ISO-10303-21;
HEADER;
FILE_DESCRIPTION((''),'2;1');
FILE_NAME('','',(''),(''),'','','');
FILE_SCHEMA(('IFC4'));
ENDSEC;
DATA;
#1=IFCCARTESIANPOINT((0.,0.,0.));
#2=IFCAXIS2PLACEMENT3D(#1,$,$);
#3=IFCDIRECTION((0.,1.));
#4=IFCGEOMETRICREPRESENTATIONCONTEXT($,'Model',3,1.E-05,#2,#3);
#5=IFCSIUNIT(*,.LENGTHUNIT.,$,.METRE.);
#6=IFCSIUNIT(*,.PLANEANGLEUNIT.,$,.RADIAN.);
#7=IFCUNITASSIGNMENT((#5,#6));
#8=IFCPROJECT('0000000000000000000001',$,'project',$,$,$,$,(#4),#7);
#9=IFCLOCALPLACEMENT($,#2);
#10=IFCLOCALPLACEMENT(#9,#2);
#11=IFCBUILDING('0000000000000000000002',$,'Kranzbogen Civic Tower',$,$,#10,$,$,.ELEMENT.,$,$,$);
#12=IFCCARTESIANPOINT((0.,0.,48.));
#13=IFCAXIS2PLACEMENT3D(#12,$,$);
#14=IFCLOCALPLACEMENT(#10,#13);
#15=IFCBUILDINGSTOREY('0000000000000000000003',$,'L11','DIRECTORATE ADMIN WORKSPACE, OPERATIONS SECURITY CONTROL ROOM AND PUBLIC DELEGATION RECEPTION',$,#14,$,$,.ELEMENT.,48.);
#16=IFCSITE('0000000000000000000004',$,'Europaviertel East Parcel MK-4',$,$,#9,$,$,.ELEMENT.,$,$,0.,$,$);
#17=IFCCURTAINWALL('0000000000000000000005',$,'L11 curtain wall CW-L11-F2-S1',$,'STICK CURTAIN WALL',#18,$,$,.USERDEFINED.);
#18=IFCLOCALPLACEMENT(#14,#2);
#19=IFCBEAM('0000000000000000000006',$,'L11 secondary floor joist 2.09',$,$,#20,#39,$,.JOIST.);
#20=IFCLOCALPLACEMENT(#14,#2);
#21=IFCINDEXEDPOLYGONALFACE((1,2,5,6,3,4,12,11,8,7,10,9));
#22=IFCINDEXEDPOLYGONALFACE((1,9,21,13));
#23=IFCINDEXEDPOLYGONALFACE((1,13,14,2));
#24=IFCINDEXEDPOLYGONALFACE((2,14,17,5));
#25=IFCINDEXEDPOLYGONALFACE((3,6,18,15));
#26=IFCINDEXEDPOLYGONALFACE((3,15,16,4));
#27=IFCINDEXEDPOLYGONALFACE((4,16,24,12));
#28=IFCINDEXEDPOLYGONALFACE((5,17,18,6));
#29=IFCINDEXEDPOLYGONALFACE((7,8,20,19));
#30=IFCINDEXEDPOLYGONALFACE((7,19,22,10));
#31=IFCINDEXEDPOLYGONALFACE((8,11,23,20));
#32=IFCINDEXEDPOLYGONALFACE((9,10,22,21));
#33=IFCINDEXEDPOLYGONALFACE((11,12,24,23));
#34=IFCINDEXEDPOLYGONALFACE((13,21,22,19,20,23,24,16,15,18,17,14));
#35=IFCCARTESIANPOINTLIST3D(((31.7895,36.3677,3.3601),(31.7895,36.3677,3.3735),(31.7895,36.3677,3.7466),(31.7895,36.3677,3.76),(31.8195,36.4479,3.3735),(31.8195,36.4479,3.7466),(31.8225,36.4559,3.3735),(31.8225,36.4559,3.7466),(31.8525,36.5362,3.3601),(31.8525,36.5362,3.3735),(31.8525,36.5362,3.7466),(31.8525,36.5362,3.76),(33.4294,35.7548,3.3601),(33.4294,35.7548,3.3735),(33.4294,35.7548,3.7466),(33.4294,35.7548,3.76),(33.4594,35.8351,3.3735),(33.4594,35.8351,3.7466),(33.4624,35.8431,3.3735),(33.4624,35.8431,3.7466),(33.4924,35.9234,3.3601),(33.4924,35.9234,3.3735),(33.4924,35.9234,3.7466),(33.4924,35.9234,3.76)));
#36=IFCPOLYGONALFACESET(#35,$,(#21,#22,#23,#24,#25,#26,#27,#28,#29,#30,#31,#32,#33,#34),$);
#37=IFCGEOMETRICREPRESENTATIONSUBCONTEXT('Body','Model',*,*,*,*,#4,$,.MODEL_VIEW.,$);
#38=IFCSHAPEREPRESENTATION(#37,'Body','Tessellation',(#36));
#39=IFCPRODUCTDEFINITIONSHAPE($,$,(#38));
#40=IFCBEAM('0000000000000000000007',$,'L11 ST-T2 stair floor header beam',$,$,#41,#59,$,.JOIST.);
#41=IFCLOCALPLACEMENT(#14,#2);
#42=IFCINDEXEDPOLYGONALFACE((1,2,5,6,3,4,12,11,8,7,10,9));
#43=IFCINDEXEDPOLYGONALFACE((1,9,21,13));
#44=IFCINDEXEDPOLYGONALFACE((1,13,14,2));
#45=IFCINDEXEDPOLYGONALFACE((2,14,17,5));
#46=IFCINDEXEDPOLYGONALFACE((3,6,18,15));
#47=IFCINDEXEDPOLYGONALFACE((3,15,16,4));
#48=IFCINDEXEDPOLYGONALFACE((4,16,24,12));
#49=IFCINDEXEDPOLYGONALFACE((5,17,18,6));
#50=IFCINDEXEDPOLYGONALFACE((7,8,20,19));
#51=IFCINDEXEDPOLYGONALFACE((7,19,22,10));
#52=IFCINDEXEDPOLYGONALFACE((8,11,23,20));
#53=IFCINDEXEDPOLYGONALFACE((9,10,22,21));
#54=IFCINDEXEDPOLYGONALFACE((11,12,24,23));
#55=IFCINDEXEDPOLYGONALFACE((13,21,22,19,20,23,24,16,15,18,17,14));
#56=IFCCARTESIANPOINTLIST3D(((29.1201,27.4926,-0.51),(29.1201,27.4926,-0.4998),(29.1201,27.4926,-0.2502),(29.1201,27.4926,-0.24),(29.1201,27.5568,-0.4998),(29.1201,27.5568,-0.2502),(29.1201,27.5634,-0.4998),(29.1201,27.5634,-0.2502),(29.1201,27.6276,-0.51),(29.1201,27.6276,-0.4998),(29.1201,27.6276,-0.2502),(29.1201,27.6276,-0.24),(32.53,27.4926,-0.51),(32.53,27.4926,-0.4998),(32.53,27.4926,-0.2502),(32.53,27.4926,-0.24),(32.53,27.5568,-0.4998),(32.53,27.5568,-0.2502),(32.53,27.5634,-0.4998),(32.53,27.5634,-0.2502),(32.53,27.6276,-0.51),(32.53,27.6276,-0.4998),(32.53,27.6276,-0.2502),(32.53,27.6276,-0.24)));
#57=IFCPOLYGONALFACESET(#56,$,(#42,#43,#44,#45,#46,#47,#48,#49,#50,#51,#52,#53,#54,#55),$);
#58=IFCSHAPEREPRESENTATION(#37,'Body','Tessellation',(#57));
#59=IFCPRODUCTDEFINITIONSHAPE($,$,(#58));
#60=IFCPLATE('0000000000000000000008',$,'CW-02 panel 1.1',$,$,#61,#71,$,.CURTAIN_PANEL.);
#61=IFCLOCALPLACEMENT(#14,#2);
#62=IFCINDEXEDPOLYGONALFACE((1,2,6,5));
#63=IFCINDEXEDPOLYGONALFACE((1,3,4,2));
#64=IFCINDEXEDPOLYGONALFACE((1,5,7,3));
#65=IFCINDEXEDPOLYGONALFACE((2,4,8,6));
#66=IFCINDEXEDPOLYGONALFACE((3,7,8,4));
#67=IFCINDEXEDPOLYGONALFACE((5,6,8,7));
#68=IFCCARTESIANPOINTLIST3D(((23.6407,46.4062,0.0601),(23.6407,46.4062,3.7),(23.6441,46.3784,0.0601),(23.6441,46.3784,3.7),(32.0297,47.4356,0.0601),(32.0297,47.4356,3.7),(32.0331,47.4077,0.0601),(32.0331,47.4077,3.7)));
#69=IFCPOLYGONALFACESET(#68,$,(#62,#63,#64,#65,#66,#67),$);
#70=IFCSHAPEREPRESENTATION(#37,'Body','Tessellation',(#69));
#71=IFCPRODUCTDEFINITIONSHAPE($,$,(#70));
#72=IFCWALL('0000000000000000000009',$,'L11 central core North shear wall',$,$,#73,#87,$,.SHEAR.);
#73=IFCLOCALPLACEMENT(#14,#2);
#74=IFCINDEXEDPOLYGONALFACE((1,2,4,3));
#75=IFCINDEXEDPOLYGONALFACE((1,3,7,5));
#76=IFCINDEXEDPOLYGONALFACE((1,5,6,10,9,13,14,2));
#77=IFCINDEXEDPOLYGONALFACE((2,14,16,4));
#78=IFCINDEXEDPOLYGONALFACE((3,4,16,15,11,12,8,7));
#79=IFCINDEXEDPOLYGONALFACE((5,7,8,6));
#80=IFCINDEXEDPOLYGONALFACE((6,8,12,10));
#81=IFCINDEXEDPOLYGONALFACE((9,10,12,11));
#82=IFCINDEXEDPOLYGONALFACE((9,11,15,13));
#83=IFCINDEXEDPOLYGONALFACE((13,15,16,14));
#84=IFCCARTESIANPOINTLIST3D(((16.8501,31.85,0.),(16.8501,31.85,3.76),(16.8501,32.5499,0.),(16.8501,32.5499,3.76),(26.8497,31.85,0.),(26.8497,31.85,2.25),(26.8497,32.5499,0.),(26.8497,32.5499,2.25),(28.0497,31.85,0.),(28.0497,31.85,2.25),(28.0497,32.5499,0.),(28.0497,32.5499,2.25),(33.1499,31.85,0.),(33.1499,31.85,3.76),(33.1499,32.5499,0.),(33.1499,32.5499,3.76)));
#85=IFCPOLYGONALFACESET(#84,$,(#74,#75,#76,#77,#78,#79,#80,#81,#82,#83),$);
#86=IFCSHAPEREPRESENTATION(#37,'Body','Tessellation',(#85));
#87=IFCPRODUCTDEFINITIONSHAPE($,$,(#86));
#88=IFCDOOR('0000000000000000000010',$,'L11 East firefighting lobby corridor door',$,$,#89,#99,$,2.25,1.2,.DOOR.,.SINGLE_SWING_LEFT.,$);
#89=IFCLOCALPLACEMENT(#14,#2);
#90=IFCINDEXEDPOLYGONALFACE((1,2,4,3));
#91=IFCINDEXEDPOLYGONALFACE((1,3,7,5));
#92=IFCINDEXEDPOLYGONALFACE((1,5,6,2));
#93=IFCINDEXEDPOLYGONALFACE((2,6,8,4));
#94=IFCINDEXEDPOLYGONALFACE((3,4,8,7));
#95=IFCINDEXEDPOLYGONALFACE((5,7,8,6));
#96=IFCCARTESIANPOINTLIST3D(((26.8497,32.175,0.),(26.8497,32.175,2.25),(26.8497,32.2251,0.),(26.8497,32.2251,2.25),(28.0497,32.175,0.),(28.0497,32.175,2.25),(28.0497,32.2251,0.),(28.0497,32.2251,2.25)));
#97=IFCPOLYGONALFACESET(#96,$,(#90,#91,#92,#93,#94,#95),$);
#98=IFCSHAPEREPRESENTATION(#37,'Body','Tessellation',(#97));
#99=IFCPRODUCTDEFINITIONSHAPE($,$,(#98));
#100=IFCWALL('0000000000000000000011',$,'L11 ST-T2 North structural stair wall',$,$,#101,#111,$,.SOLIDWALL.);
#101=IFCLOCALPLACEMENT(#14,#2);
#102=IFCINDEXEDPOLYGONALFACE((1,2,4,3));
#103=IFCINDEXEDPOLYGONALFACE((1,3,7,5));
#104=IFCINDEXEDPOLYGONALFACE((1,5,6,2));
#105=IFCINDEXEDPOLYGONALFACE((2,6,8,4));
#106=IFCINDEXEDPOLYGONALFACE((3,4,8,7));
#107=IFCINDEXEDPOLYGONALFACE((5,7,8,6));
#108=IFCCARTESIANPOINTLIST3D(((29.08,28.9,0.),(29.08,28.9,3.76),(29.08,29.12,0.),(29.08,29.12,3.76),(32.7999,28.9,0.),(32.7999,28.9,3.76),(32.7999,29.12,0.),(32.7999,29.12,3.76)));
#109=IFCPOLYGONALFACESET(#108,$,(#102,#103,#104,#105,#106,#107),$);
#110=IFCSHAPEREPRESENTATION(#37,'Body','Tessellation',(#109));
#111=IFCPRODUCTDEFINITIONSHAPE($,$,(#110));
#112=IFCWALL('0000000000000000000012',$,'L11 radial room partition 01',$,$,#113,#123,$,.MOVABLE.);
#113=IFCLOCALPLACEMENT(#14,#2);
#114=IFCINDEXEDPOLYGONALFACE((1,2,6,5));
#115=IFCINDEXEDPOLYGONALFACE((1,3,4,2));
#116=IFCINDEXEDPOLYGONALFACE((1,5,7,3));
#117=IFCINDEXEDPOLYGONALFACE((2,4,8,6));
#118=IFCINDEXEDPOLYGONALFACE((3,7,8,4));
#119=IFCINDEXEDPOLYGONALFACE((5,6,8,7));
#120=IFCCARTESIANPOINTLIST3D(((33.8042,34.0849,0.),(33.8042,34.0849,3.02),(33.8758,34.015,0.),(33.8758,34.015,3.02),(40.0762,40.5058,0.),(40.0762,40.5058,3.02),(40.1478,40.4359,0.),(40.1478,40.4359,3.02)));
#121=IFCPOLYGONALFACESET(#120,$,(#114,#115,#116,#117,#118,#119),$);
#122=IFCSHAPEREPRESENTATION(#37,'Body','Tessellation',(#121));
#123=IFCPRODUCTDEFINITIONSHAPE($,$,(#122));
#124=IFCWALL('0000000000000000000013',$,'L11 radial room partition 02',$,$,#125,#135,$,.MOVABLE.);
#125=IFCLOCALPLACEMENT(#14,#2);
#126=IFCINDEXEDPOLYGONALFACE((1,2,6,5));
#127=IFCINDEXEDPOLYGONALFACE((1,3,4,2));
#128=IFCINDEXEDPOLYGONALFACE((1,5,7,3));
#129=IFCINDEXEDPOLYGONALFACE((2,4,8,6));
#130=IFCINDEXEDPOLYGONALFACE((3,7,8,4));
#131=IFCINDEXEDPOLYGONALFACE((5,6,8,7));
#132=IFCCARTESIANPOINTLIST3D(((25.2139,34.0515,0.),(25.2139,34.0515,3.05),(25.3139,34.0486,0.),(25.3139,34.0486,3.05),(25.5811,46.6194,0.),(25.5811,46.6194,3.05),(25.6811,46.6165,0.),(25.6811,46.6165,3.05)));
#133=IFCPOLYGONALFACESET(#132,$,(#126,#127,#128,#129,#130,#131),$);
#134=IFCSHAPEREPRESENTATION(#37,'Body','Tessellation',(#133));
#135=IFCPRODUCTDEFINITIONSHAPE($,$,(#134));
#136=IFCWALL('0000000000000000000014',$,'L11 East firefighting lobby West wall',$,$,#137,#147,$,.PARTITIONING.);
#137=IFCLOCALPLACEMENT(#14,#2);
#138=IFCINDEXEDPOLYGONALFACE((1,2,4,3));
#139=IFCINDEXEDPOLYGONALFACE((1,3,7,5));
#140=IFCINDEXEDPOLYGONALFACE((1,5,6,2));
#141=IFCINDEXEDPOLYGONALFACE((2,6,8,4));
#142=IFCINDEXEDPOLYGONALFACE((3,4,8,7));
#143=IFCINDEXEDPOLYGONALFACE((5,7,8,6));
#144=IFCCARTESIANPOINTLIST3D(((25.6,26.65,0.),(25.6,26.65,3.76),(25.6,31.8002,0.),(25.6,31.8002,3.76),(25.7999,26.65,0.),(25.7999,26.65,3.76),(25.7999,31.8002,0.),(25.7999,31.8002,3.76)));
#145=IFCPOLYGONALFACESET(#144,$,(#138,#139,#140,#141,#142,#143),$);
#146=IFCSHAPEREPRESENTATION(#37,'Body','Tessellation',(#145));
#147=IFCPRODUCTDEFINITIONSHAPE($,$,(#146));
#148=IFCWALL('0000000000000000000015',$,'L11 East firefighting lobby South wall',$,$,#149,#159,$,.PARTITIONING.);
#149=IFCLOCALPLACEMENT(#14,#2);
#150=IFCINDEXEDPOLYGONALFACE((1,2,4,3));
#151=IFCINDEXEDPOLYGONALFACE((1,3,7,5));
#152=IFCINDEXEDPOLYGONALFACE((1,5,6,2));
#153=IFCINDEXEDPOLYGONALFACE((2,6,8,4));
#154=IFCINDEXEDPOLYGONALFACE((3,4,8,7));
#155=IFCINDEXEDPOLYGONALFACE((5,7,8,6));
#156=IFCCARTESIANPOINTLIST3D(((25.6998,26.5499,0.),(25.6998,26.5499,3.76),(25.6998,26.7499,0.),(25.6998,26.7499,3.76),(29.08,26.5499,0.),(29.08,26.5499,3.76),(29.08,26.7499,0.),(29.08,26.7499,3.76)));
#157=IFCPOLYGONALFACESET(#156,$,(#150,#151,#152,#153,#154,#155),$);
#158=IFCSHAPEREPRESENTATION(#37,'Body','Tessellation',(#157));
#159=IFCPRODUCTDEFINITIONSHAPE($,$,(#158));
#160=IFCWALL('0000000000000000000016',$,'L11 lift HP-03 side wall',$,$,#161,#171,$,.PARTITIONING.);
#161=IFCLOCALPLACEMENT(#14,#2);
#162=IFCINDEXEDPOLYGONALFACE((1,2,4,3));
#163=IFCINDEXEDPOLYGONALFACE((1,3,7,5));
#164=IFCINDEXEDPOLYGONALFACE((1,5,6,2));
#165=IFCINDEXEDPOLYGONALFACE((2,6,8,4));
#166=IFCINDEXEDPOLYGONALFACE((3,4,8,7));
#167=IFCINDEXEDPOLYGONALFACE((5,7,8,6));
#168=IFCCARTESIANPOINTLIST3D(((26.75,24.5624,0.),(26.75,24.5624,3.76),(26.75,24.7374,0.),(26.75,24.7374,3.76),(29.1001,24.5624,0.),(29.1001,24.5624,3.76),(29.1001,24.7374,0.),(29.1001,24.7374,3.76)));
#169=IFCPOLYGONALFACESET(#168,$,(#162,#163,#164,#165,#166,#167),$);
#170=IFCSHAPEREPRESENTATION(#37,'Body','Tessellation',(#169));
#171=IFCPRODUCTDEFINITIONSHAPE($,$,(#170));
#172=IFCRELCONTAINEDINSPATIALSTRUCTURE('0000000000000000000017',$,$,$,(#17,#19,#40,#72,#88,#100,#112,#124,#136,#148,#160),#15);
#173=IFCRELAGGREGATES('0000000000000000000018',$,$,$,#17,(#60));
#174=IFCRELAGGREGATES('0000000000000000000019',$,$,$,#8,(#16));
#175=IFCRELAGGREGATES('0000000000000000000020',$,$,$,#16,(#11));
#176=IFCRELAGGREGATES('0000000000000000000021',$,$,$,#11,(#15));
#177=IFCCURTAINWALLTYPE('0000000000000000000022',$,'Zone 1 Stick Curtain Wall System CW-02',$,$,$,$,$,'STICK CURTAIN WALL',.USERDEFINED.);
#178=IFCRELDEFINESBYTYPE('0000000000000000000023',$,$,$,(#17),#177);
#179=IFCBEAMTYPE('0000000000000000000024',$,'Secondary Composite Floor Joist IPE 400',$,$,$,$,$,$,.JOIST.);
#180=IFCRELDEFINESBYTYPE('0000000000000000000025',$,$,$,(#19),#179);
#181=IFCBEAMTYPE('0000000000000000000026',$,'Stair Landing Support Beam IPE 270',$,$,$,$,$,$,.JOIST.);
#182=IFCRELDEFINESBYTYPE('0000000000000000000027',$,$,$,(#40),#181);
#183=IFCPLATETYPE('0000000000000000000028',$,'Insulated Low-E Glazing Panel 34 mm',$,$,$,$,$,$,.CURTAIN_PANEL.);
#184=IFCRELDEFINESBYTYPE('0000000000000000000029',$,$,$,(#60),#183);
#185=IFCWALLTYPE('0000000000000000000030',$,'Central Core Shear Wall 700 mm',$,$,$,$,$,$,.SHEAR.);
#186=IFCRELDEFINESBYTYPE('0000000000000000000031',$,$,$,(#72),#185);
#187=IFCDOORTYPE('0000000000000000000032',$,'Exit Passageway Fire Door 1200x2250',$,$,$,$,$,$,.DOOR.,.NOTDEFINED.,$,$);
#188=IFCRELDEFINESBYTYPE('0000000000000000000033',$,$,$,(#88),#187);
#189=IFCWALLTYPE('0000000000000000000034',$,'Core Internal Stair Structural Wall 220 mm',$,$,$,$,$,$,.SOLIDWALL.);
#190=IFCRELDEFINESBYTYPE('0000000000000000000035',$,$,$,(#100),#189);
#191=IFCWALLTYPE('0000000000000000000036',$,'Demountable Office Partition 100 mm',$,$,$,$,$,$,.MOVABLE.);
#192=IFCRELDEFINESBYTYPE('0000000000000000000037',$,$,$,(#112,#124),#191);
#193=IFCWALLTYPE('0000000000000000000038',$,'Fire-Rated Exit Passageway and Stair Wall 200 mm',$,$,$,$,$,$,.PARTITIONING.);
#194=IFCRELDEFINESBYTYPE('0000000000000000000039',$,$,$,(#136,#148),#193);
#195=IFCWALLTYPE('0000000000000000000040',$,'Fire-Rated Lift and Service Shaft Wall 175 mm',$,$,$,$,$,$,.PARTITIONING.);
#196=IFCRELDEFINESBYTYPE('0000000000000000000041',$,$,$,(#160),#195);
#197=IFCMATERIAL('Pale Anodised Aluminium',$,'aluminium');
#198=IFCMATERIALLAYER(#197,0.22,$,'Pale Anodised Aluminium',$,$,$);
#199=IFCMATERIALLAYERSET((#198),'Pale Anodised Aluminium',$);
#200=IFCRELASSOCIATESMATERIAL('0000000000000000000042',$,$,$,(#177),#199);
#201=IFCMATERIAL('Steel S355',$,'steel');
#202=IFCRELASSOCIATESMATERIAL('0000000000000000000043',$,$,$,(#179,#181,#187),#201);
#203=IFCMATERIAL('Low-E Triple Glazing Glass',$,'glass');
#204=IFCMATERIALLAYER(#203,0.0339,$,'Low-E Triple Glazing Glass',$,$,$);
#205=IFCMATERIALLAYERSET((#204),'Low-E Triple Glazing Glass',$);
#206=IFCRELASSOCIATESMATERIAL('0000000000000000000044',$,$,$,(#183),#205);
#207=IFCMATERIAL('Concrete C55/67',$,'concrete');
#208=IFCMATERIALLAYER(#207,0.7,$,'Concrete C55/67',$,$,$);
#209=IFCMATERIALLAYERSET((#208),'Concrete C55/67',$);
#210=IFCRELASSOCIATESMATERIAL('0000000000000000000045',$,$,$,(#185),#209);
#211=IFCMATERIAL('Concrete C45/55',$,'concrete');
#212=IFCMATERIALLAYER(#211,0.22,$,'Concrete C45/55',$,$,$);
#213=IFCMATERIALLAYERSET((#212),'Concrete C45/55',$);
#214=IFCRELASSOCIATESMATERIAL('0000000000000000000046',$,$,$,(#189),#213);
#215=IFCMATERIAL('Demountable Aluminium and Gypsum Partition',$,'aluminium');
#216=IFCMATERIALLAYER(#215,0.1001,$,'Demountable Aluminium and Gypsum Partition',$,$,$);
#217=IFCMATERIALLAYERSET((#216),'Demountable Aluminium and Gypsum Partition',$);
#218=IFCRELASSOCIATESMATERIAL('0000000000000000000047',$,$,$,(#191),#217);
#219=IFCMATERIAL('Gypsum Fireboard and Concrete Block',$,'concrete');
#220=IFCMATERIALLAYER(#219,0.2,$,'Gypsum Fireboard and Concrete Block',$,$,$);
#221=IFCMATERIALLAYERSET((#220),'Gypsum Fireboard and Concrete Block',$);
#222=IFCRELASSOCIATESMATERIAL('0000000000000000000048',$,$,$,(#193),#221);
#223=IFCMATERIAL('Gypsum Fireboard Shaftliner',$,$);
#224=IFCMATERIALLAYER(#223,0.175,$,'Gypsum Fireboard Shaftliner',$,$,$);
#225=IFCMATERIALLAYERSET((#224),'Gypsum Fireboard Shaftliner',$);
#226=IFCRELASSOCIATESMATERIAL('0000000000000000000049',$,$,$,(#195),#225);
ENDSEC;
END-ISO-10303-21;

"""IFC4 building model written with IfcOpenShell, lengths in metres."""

from ifc_helpers import new_model, si_unit, direction, frame, frame_2d, origin, origin_2d, place, context, subcontext, project, spatial, rectangle, i_section, extrude, material, layer, layer_set, material_profile, profile_set, type_object, element, fill, aggregate, save


model = new_model("IFC4")

# Units and contexts
model_context = context("Model", 3, precision=1e-05, world=origin(), true_north=direction((0.0, 1.0)))
body_context = subcontext(model_context, "Body", "Model", "MODEL_VIEW")
ifc_project = project(units=[si_unit("LENGTHUNIT", "METRE"), si_unit("PLANEANGLEUNIT", "RADIAN")], contexts=[model_context])

# Site, building, storey
site_placement = place(None, origin())
site = spatial("IfcSite", under=ifc_project, at=site_placement, Name="Europaviertel East Parcel MK-4", CompositionType="ELEMENT", RefElevation=0.0)
building_placement = place(site_placement, origin())
building = spatial("IfcBuilding", under=site, at=building_placement, Name="Kranzbogen Civic Tower", CompositionType="ELEMENT")
storey_placement = place(building_placement, frame((0.0, 0.0, 48.0)))
storey = spatial("IfcBuildingStorey", under=building, at=storey_placement, Name="L11", Description="DIRECTORATE ADMIN WORKSPACE, OPERATIONS SECURITY CONTROL ROOM AND PUBLIC DELEGATION RECEPTION", CompositionType="ELEMENT", Elevation=48.0)

# Curtain wall
ifc_material_1 = material(Name="Pale Anodised Aluminium", Category="aluminium")
ifc_layer_1 = layer(ifc_material_1, 0.22, Name="Pale Anodised Aluminium")
ifc_layer_set_1 = layer_set([ifc_layer_1], Name="Pale Anodised Aluminium")
curtain_wall_type = type_object("IfcCurtainWallType", Name="Zone 1 Stick Curtain Wall System CW-02", ElementType="STICK CURTAIN WALL", PredefinedType="USERDEFINED", material=ifc_layer_set_1)
curtain_wall_placement = place(storey_placement, origin())
curtain_wall = element("IfcCurtainWall", 1, at=curtain_wall_placement, inside=storey, type_object=curtain_wall_type, Name="L11 curtain wall CW-L11-F2-S1", ObjectType="STICK CURTAIN WALL", PredefinedType="USERDEFINED")

# Beams
ifc_material_2 = material(Name="Steel S355", Category="steel")
ifc_material_profile_1 = material_profile(ifc_material_2, i_section(OverallWidth=0.1799, OverallDepth=0.3999, WebThickness=0.0085, FlangeThickness=0.0134, at=origin_2d()), Name="IPE 400")
ifc_profile_set_1 = profile_set([ifc_material_profile_1], Name="Steel S355")
beam_type_1 = type_object("IfcBeamType", Name="Secondary Composite Floor Joist IPE 400", PredefinedType="JOIST", material=ifc_profile_set_1)
beam_1_placement = place(storey_placement, frame((33.4609, 35.8391, 3.5601), z_axis=(-0.936735, 0.350038, 0.0), x_axis=(-0.350038, -0.936735, 0.0)))
element("IfcBeam", 2, at=beam_1_placement, inside=storey, type_object=beam_type_1, Name="L11 secondary floor joist 2.09", PredefinedType="JOIST", context=body_context, shape_type="SweptSolid", body=[
    extrude(i_section(OverallWidth=0.1799, OverallDepth=0.3999, WebThickness=0.0085, FlangeThickness=0.0134, at=origin_2d()), origin(), (0.0, 0.0, 1.0), 1.7507),
])
ifc_material_profile_2 = material_profile(ifc_material_2, i_section(OverallWidth=0.135, OverallDepth=0.27, WebThickness=0.0066, FlangeThickness=0.0103, at=origin_2d()), Name="IPE 270")
ifc_profile_set_2 = profile_set([ifc_material_profile_2], Name="Steel S355")
beam_type_2 = type_object("IfcBeamType", Name="Stair Landing Support Beam IPE 270", PredefinedType="JOIST", material=ifc_profile_set_2)
beam_2_placement = place(storey_placement, frame((29.1201, 27.5601, -0.375), z_axis=(1.0, 0.0, 0.0), x_axis=(0.0, 1.0, 0.0)))
element("IfcBeam", 3, at=beam_2_placement, inside=storey, type_object=beam_type_2, Name="L11 ST-T2 stair floor header beam", PredefinedType="JOIST", context=body_context, shape_type="SweptSolid", body=[
    extrude(i_section(OverallWidth=0.135, OverallDepth=0.27, WebThickness=0.0066, FlangeThickness=0.0103, at=origin_2d()), origin(), (0.0, 0.0, 1.0), 3.4099),
])

# Plate
ifc_material_3 = material(Name="Low-E Triple Glazing Glass", Category="glass")
ifc_layer_2 = layer(ifc_material_3, 0.0339, Name="Low-E Triple Glazing Glass")
ifc_layer_set_2 = layer_set([ifc_layer_2], Name="Low-E Triple Glazing Glass")
plate_type = type_object("IfcPlateType", Name="Insulated Low-E Glazing Panel 34 mm", PredefinedType="CURTAIN_PANEL", material=ifc_layer_set_2)
plate_placement = place(storey_placement, frame((27.8369, 46.907, 0.0601), z_axis=(0.0, 0.0, 1.0), x_axis=(-0.992555, -0.121795, 0.0)))
plate = element("IfcPlate", 4, at=plate_placement, type_object=plate_type, Name="CW-02 panel 1.1", PredefinedType="CURTAIN_PANEL", context=body_context, shape_type="SweptSolid", body=[
    extrude(rectangle(XDim=8.4519, YDim=0.0281, at=origin_2d()), origin(), (0.0, 0.0, 1.0), 3.6399),
])
aggregate(curtain_wall, [plate])

# Wall, opening, door
ifc_material_4 = material(Name="Concrete C55/67", Category="concrete")
ifc_layer_3 = layer(ifc_material_4, 0.7, Name="Concrete C55/67")
ifc_layer_set_3 = layer_set([ifc_layer_3], Name="Concrete C55/67")
wall_type_1 = type_object("IfcWallType", Name="Central Core Shear Wall 700 mm", PredefinedType="SHEAR", material=ifc_layer_set_3)
wall_1_placement = place(storey_placement, frame((33.1499, 32.2, 0.0), z_axis=(0.0, 0.0, 1.0), x_axis=(-1.0, 0.0, 0.0)))
wall_1 = element("IfcWall", 5, at=wall_1_placement, inside=storey, type_object=wall_type_1, Name="L11 central core North shear wall", PredefinedType="SHEAR", context=body_context, shape_type="SweptSolid", body=[
    extrude(rectangle(XDim=16.2998, YDim=0.7, at=frame_2d((8.1499, 0.0))), origin(), (0.0, 0.0, 1.0), 3.76),
])
opening_1_placement = place(wall_1_placement, frame((5.1001, 0.0, 0.0)))
opening_1 = element("IfcOpeningElement", 6, at=opening_1_placement, cuts=wall_1, PredefinedType="OPENING", context=body_context, shape_type="SweptSolid", body=[
    extrude(rectangle(XDim=1.2, YDim=2.25, at=frame_2d((0.6001, 1.125))), frame((0.0, 0.3599, 0.0), z_axis=(0.0, -1.0, 0.0), x_axis=(1.0, 0.0, 0.0)), (0.0, 0.0, 1.0), 0.72),
])
door_type_1 = type_object("IfcDoorType", Name="Exit Passageway Fire Door 1200x2250", OperationType="NOTDEFINED", PredefinedType="DOOR", material=ifc_material_2)
door_1_placement = place(opening_1_placement, origin())
door_1 = element("IfcDoor", 7, at=door_1_placement, inside=storey, type_object=door_type_1, Name="L11 East firefighting lobby corridor door", OperationType="SINGLE_SWING_LEFT", OverallHeight=2.25, OverallWidth=1.2, PredefinedType="DOOR", context=body_context, shape_type="SweptSolid", body=[
    extrude(rectangle(XDim=1.2, YDim=2.25, at=frame_2d((0.6001, 1.125))), frame((0.0, 0.0249, 0.0), z_axis=(0.0, -1.0, 0.0), x_axis=(1.0, 0.0, 0.0)), (0.0, 0.0, 1.0), 0.05),
])
fill(opening_1, door_1)

# Walls
ifc_material_5 = material(Name="Concrete C45/55", Category="concrete")
ifc_layer_4 = layer(ifc_material_5, 0.22, Name="Concrete C45/55")
ifc_layer_set_4 = layer_set([ifc_layer_4], Name="Concrete C45/55")
wall_type_2 = type_object("IfcWallType", Name="Core Internal Stair Structural Wall 220 mm", PredefinedType="SOLIDWALL", material=ifc_layer_set_4)
wall_2_placement = place(storey_placement, frame((29.0801, 29.01, 0.0), z_axis=(0.0, 0.0, 1.0), x_axis=(1.0, 0.0, 0.0)))
element("IfcWall", 8, at=wall_2_placement, inside=storey, type_object=wall_type_2, Name="L11 ST-T2 North structural stair wall", PredefinedType="SOLIDWALL", context=body_context, shape_type="SweptSolid", body=[
    extrude(rectangle(XDim=3.72, YDim=0.22, at=frame_2d((1.8599, 0.0))), origin(), (0.0, 0.0, 1.0), 3.76),
])
ifc_material_6 = material(Name="Demountable Aluminium and Gypsum Partition", Category="aluminium")
ifc_layer_5 = layer(ifc_material_6, 0.1001, Name="Demountable Aluminium and Gypsum Partition")
ifc_layer_set_5 = layer_set([ifc_layer_5], Name="Demountable Aluminium and Gypsum Partition")
wall_type_3 = type_object("IfcWallType", Name="Demountable Office Partition 100 mm", PredefinedType="MOVABLE", material=ifc_layer_set_5)
wall_3_placement = place(storey_placement, frame((33.8401, 34.05, 0.0), z_axis=(0.0, 0.0, 1.0), x_axis=(0.698762, 0.715354, 0.0)))
element("IfcWall", 9, at=wall_3_placement, inside=storey, type_object=wall_type_3, Name="L11 radial room partition 01", PredefinedType="MOVABLE", context=body_context, shape_type="SweptSolid", body=[
    extrude(rectangle(XDim=8.9758, YDim=0.1001, at=frame_2d((4.4878, 0.0))), origin(), (0.0, 0.0, 1.0), 3.02),
])
wall_4_placement = place(storey_placement, frame((25.2639, 34.05, 0.0), z_axis=(0.0, 0.0, 1.0), x_axis=(0.029204, 0.999573, 0.0)))
element("IfcWall", 10, at=wall_4_placement, inside=storey, type_object=wall_type_3, Name="L11 radial room partition 02", PredefinedType="MOVABLE", context=body_context, shape_type="SweptSolid", body=[
    extrude(rectangle(XDim=12.5732, YDim=0.1001, at=frame_2d((6.2866, 0.0))), origin(), (0.0, 0.0, 1.0), 3.05),
])
ifc_material_7 = material(Name="Gypsum Fireboard and Concrete Block", Category="concrete")
ifc_layer_6 = layer(ifc_material_7, 0.2, Name="Gypsum Fireboard and Concrete Block")
ifc_layer_set_6 = layer_set([ifc_layer_6], Name="Gypsum Fireboard and Concrete Block")
wall_type_4 = type_object("IfcWallType", Name="Fire-Rated Exit Passageway and Stair Wall 200 mm", PredefinedType="PARTITIONING", material=ifc_layer_set_6)
wall_5_placement = place(storey_placement, frame((25.7, 26.6499, 0.0), z_axis=(0.0, 0.0, 1.0), x_axis=(0.0, 1.0, 0.0)))
element("IfcWall", 11, at=wall_5_placement, inside=storey, type_object=wall_type_4, Name="L11 East firefighting lobby West wall", PredefinedType="PARTITIONING", context=body_context, shape_type="SweptSolid", body=[
    extrude(rectangle(XDim=5.1501, YDim=0.2, at=frame_2d((2.5752, 0.0))), origin(), (0.0, 0.0, 1.0), 3.76),
])
wall_6_placement = place(storey_placement, frame((25.7, 26.6499, 0.0), z_axis=(0.0, 0.0, 1.0), x_axis=(1.0, 0.0, 0.0)))
element("IfcWall", 12, at=wall_6_placement, inside=storey, type_object=wall_type_4, Name="L11 East firefighting lobby South wall", PredefinedType="PARTITIONING", context=body_context, shape_type="SweptSolid", body=[
    extrude(rectangle(XDim=3.3801, YDim=0.2, at=frame_2d((1.6899, 0.0))), origin(), (0.0, 0.0, 1.0), 3.76),
])
ifc_material_8 = material(Name="Gypsum Fireboard Shaftliner")
ifc_layer_7 = layer(ifc_material_8, 0.175, Name="Gypsum Fireboard Shaftliner")
ifc_layer_set_7 = layer_set([ifc_layer_7], Name="Gypsum Fireboard Shaftliner")
wall_type_5 = type_object("IfcWallType", Name="Fire-Rated Lift and Service Shaft Wall 175 mm", PredefinedType="PARTITIONING", material=ifc_layer_set_7)
wall_7_placement = place(storey_placement, frame((26.75, 24.6499, 0.0), z_axis=(0.0, 0.0, 1.0), x_axis=(1.0, 0.0, 0.0)))
element("IfcWall", 13, at=wall_7_placement, inside=storey, type_object=wall_type_5, Name="L11 lift HP-03 side wall", PredefinedType="PARTITIONING", context=body_context, shape_type="SweptSolid", body=[
    extrude(rectangle(XDim=2.3501, YDim=0.175, at=frame_2d((1.175, 0.0))), origin(), (0.0, 0.0, 1.0), 3.76),
])

save(model, "model.ifc")
